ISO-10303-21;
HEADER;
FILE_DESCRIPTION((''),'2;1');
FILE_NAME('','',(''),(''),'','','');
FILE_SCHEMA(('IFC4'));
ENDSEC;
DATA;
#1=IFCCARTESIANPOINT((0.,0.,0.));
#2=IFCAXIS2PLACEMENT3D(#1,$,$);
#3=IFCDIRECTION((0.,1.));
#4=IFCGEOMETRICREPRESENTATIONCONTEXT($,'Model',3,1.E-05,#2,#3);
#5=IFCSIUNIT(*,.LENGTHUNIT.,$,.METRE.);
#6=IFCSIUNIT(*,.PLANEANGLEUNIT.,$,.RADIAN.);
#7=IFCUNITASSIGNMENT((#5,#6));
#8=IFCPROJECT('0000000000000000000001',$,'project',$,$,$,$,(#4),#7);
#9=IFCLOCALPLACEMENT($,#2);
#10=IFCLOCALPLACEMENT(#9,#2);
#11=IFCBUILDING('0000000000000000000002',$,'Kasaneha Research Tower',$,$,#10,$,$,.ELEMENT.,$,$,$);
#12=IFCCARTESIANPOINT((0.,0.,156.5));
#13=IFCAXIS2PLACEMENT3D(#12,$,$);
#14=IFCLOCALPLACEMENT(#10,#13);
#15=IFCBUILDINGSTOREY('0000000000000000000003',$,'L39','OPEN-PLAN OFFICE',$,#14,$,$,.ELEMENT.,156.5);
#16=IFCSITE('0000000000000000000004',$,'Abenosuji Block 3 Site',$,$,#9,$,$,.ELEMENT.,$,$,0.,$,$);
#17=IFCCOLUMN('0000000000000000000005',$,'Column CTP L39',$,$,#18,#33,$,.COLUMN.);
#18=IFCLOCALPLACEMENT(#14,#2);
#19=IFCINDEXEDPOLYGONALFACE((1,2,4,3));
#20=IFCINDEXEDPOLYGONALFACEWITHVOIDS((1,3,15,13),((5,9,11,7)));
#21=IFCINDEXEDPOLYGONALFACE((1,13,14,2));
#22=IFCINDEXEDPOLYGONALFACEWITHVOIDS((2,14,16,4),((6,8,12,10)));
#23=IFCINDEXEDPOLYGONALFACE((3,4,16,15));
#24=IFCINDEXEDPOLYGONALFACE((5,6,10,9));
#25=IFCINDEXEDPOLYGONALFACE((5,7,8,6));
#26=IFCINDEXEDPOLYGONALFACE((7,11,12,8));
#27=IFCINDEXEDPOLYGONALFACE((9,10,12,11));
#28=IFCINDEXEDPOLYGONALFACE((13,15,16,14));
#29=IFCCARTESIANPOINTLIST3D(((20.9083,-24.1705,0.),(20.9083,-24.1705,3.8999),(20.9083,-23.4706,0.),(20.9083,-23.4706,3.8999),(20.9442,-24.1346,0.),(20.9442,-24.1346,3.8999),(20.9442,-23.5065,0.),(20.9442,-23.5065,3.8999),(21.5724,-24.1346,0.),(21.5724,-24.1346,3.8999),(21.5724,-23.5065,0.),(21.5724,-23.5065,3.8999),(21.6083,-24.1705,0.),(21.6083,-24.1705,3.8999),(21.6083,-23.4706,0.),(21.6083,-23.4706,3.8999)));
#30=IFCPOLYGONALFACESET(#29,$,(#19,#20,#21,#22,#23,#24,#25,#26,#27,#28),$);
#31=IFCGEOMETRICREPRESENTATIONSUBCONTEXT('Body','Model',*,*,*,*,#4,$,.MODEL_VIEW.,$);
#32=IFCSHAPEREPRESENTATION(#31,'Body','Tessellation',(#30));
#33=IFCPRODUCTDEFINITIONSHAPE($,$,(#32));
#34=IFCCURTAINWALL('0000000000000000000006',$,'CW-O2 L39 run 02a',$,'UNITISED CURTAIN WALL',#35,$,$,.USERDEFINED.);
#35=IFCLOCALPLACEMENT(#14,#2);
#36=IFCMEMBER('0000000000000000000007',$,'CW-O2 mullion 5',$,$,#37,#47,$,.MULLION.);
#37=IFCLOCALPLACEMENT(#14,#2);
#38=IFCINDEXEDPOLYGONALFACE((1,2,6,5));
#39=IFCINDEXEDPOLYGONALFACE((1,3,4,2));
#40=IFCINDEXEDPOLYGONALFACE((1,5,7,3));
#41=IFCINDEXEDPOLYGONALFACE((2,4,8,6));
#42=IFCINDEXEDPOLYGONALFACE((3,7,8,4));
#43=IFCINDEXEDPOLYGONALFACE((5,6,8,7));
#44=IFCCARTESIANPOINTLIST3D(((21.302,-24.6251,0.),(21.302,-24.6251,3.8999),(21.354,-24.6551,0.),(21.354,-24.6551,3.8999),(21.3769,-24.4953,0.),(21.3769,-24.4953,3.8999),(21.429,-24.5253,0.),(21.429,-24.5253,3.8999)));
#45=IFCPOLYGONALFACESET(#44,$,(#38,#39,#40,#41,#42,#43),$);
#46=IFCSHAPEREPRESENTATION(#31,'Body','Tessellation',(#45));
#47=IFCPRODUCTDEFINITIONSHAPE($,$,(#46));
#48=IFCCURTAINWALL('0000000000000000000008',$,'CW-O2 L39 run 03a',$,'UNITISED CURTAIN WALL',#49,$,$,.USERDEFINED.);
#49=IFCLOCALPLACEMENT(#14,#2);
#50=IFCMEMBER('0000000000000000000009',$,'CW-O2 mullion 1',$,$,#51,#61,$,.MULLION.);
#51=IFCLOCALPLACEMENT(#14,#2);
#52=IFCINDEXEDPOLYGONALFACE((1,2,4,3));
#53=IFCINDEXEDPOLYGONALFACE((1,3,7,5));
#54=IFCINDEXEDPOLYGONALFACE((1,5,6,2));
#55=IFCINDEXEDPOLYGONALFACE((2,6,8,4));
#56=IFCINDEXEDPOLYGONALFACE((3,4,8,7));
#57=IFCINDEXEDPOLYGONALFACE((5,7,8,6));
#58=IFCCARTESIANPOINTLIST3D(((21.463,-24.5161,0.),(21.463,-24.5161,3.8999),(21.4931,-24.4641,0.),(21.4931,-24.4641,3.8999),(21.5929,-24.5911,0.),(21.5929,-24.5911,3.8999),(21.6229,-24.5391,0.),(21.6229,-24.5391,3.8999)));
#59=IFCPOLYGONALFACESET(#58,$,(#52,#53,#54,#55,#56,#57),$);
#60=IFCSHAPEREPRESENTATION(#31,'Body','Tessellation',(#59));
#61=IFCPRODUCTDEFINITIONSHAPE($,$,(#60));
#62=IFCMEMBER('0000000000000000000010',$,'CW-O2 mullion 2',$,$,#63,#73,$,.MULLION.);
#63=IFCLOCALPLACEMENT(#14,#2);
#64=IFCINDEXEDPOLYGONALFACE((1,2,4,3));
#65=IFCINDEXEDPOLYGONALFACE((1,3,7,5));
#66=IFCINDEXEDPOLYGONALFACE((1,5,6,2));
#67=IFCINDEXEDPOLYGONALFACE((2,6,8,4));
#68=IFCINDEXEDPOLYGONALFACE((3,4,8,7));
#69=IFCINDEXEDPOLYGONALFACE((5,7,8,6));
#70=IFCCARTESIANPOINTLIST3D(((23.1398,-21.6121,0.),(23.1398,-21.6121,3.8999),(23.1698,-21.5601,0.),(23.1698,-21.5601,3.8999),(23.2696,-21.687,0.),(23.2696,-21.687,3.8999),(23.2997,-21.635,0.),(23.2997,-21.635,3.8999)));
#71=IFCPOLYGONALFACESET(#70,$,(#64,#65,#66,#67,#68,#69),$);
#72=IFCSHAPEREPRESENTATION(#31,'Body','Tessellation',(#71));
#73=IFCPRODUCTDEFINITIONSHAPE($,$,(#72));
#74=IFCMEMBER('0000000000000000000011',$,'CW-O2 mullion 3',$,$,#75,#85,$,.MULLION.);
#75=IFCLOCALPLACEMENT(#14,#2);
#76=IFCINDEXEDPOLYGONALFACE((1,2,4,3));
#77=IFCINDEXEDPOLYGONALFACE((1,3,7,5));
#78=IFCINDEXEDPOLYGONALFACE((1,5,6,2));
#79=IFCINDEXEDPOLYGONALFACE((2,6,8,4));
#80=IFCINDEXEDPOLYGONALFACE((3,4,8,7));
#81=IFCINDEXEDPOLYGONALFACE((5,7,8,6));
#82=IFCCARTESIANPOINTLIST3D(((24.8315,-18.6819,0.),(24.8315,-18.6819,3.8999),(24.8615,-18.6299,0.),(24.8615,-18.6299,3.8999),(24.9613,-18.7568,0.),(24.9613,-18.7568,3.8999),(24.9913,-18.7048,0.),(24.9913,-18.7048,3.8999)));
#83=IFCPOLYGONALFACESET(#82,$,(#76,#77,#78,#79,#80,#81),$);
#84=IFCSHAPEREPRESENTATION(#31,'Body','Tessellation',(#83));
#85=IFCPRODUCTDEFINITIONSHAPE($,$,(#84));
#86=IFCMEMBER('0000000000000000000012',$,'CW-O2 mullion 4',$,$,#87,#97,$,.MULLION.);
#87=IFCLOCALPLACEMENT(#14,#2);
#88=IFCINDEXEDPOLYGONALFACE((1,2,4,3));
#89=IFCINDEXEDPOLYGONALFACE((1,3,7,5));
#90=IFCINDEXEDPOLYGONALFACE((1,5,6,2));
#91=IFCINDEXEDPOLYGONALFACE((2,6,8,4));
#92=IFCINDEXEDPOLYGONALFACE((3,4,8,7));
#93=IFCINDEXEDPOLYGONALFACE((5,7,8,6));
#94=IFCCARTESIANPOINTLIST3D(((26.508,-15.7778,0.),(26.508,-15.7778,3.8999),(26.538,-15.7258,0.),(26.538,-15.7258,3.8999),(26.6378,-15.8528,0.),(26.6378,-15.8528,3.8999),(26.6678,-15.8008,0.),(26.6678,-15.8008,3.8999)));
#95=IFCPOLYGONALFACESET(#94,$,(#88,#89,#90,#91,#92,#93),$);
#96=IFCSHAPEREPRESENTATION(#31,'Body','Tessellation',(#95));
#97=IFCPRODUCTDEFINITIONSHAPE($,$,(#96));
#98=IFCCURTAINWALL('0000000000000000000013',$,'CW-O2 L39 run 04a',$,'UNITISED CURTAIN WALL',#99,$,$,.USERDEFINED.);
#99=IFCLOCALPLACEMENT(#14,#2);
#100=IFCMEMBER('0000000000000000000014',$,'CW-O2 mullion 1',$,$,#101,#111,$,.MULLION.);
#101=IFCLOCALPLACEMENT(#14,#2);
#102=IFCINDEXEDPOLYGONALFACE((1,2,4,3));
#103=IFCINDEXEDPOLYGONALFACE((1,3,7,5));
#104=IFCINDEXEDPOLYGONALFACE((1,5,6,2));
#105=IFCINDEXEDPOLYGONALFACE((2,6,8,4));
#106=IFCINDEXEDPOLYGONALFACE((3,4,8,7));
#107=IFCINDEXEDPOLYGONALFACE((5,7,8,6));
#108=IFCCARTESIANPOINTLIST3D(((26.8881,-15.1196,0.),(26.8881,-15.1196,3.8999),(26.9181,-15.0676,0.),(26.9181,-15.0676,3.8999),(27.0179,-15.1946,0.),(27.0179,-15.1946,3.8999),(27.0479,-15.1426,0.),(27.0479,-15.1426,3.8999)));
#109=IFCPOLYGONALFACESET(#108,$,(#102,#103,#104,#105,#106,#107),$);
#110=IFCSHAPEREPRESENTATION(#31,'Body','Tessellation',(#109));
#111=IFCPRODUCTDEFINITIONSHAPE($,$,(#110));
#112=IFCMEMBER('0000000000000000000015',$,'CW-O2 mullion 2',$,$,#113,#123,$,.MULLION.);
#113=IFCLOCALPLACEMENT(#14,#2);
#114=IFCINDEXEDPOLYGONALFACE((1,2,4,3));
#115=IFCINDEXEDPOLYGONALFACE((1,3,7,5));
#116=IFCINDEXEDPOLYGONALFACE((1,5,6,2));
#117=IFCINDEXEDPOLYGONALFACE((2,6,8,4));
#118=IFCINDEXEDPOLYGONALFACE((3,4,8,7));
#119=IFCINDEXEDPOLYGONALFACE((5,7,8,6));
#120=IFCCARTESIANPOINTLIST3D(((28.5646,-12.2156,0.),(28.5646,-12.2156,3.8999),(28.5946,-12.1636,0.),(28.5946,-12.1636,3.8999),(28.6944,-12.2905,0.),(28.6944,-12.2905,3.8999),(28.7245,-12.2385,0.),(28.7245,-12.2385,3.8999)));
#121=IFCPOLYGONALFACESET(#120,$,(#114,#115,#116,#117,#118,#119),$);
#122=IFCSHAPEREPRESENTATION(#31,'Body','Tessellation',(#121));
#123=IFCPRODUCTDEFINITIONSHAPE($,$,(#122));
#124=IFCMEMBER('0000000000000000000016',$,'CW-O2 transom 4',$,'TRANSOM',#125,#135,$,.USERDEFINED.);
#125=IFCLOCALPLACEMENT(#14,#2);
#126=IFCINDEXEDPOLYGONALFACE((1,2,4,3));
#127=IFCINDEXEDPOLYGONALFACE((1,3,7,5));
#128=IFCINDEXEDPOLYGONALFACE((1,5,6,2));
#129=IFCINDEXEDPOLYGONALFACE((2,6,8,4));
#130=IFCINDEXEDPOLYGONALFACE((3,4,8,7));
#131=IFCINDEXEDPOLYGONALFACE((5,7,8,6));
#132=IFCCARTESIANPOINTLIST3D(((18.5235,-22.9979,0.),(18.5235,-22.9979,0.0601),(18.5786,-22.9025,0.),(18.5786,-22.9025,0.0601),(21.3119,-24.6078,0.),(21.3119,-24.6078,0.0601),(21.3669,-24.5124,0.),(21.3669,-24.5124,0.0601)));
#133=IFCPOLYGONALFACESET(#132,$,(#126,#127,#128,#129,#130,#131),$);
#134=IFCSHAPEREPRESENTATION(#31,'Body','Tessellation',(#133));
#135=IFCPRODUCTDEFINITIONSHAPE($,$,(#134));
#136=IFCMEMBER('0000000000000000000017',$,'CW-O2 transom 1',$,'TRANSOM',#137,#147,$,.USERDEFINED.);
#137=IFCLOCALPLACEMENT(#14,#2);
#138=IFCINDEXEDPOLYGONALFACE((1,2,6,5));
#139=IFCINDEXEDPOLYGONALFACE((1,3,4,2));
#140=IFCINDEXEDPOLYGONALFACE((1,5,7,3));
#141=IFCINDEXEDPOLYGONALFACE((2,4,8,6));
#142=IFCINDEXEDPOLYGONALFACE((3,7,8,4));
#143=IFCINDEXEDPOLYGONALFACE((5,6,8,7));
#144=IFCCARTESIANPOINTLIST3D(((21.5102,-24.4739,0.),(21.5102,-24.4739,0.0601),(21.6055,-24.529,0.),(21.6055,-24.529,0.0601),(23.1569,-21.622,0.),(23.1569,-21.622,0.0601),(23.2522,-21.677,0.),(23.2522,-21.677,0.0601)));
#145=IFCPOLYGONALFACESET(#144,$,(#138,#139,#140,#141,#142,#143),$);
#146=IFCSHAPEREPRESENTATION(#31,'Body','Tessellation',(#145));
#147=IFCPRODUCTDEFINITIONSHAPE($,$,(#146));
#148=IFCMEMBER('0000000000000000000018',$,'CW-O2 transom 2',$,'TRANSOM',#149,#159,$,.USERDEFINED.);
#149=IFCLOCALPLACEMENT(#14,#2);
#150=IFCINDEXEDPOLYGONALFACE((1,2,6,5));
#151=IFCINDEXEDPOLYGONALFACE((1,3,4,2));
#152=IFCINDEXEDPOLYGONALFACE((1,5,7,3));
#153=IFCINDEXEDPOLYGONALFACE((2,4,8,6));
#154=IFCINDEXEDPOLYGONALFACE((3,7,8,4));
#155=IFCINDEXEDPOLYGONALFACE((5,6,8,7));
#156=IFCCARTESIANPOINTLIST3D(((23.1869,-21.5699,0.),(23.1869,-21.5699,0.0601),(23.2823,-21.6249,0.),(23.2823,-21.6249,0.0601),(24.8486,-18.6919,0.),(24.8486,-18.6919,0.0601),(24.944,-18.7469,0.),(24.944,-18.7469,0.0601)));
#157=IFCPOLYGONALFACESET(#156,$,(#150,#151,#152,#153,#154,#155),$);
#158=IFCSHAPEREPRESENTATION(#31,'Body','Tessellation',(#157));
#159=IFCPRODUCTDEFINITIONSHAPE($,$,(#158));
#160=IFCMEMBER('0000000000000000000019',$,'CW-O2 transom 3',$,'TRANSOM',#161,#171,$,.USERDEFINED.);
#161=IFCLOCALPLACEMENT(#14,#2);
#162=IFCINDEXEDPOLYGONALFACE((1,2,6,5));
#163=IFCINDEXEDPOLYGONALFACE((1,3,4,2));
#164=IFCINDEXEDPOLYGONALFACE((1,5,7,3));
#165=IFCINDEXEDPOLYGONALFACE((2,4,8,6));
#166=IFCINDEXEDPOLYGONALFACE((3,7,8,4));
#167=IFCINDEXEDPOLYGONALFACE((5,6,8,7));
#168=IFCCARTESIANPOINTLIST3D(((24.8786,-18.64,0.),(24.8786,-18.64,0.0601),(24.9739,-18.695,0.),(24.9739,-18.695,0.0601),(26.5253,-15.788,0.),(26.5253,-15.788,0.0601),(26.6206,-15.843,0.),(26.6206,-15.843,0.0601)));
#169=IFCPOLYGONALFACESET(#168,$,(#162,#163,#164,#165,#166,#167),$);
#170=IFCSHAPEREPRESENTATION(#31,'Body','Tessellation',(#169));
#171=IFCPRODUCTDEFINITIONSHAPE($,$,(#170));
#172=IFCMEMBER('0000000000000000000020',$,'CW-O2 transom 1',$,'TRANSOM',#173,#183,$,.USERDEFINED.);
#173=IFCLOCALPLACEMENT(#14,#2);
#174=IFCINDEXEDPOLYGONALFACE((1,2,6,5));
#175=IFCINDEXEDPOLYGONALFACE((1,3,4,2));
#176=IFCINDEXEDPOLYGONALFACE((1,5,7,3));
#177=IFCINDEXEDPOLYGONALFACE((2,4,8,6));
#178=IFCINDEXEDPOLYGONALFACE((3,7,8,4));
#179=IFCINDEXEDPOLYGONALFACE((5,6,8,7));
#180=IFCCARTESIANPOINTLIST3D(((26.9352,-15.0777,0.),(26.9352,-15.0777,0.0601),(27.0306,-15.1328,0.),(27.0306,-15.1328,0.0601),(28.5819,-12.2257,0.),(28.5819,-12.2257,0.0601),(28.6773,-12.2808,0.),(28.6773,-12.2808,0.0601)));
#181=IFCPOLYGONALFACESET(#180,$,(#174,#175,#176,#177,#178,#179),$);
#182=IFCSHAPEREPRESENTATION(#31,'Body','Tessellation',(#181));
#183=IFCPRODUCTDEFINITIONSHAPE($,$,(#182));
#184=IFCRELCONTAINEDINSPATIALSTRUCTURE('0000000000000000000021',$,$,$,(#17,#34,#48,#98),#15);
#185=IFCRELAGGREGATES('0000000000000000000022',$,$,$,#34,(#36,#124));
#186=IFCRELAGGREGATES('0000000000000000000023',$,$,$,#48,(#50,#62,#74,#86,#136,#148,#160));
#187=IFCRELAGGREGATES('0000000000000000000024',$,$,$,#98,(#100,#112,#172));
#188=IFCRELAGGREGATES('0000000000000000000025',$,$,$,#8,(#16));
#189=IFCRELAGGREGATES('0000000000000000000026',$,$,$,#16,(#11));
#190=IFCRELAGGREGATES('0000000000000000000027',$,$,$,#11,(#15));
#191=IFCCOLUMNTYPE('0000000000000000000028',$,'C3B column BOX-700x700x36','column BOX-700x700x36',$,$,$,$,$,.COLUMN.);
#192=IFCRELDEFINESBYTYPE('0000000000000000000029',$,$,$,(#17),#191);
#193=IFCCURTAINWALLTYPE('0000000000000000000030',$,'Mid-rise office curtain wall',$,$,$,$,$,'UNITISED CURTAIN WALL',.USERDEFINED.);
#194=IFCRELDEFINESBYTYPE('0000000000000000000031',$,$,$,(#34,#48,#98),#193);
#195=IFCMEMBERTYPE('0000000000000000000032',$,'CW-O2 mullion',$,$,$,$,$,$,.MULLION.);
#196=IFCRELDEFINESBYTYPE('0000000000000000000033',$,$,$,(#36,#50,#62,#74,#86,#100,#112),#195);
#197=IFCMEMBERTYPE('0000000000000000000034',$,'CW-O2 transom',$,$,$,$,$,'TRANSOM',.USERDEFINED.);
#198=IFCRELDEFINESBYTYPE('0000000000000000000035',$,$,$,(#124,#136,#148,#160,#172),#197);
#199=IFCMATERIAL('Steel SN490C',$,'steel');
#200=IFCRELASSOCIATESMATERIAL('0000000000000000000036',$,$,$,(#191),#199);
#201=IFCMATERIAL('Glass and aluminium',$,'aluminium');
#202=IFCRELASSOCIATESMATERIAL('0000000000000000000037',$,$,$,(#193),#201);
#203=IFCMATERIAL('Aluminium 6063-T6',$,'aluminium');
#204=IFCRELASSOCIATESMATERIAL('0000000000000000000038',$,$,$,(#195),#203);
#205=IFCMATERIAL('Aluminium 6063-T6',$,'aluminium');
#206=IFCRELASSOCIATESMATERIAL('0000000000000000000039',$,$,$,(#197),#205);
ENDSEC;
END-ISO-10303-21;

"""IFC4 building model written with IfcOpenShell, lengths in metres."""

from ifc_helpers import new_model, si_unit, direction, frame, origin, origin_2d, place, context, subcontext, project, spatial, rectangle, hollow_rectangle, extrude, material, material_profile, profile_set, type_object, element, aggregate, save


model = new_model("IFC4")

# Units and contexts
model_context = context("Model", 3, precision=1e-05, world=origin(), true_north=direction((0.0, 1.0)))
body_context = subcontext(model_context, "Body", "Model", "MODEL_VIEW")
ifc_project = project(units=[si_unit("LENGTHUNIT", "METRE"), si_unit("PLANEANGLEUNIT", "RADIAN")], contexts=[model_context])

# Site, building, storey
site_placement = place(None, origin())
site = spatial("IfcSite", under=ifc_project, at=site_placement, Name="Abenosuji Block 3 Site", CompositionType="ELEMENT", RefElevation=0.0)
building_placement = place(site_placement, origin())
building = spatial("IfcBuilding", under=site, at=building_placement, Name="Kasaneha Research Tower", CompositionType="ELEMENT")
storey_placement = place(building_placement, frame((0.0, 0.0, 156.5)))
storey = spatial("IfcBuildingStorey", under=building, at=storey_placement, Name="L39", Description="OPEN-PLAN OFFICE", CompositionType="ELEMENT", Elevation=156.5)

# Column
ifc_material_1 = material(Name="Steel SN490C", Category="steel")
ifc_material_profile_1 = material_profile(ifc_material_1, hollow_rectangle(XDim=0.7, YDim=0.7, WallThickness=0.0359, at=origin_2d()), Name="BOX-700x700x36")
ifc_profile_set_1 = profile_set([ifc_material_profile_1], Name="Steel SN490C")
column_type = type_object("IfcColumnType", Name="C3B column BOX-700x700x36", Description="column BOX-700x700x36", PredefinedType="COLUMN", material=ifc_profile_set_1)
column_placement = place(storey_placement, frame((21.2583, -23.8206, 0.0), z_axis=(0.0, 0.0, 1.0), x_axis=(1.0, 0.0, 0.0)))
element("IfcColumn", 1, at=column_placement, inside=storey, type_object=column_type, Name="Column CTP L39", PredefinedType="COLUMN", context=body_context, shape_type="SweptSolid", body=[
    extrude(hollow_rectangle(XDim=0.7, YDim=0.7, WallThickness=0.0359, at=origin_2d()), origin(), (0.0, 0.0, 1.0), 3.8999),
])

# Curtain wall, member
ifc_material_2 = material(Name="Glass and aluminium", Category="aluminium")
curtain_wall_type = type_object("IfcCurtainWallType", Name="Mid-rise office curtain wall", ElementType="UNITISED CURTAIN WALL", PredefinedType="USERDEFINED", material=ifc_material_2)
curtain_wall_1_placement = place(storey_placement, origin())
curtain_wall_1 = element("IfcCurtainWall", 2, at=curtain_wall_1_placement, inside=storey, type_object=curtain_wall_type, Name="CW-O2 L39 run 02a", ObjectType="UNITISED CURTAIN WALL", PredefinedType="USERDEFINED")
ifc_material_3 = material(Name="Aluminium 6063-T6", Category="aluminium")
ifc_material_profile_2 = material_profile(ifc_material_3, rectangle(XDim=0.0601, YDim=0.1499, at=origin_2d()), Name="CW-O2 mullion 60x150")
ifc_profile_set_2 = profile_set([ifc_material_profile_2], Name="Aluminium 6063-T6")
member_type_1 = type_object("IfcMemberType", Name="CW-O2 mullion", PredefinedType="MULLION", material=ifc_profile_set_2)
member_1_placement = place(storey_placement, frame((21.3655, -24.5752, 0.0), z_axis=(0.0, 0.0, 1.0), x_axis=(0.866025, -0.5, 0.0)))
member_1 = element("IfcMember", 3, at=member_1_placement, type_object=member_type_1, Name="CW-O2 mullion 5", PredefinedType="MULLION", context=body_context, shape_type="SweptSolid", body=[
    extrude(rectangle(XDim=0.0601, YDim=0.1499, at=origin_2d()), origin(), (0.0, 0.0, 1.0), 3.8999),
])

# Curtain walls, members
curtain_wall_2_placement = place(storey_placement, origin())
curtain_wall_2 = element("IfcCurtainWall", 4, at=curtain_wall_2_placement, inside=storey, type_object=curtain_wall_type, Name="CW-O2 L39 run 03a", ObjectType="UNITISED CURTAIN WALL", PredefinedType="USERDEFINED")
member_2_placement = place(storey_placement, frame((21.543, -24.5276, 0.0), z_axis=(0.0, 0.0, 1.0), x_axis=(0.5, 0.866025, 0.0)))
member_2 = element("IfcMember", 5, at=member_2_placement, type_object=member_type_1, Name="CW-O2 mullion 1", PredefinedType="MULLION", context=body_context, shape_type="SweptSolid", body=[
    extrude(rectangle(XDim=0.0601, YDim=0.1499, at=origin_2d()), origin(), (0.0, 0.0, 1.0), 3.8999),
])
member_3_placement = place(storey_placement, frame((23.2197, -21.6235, 0.0), z_axis=(0.0, 0.0, 1.0), x_axis=(0.5, 0.866025, 0.0)))
member_3 = element("IfcMember", 6, at=member_3_placement, type_object=member_type_1, Name="CW-O2 mullion 2", PredefinedType="MULLION", context=body_context, shape_type="SweptSolid", body=[
    extrude(rectangle(XDim=0.0601, YDim=0.1499, at=origin_2d()), origin(), (0.0, 0.0, 1.0), 3.8999),
])
member_4_placement = place(storey_placement, frame((24.9114, -18.6934, 0.0), z_axis=(0.0, 0.0, 1.0), x_axis=(0.5, 0.866025, 0.0)))
member_4 = element("IfcMember", 7, at=member_4_placement, type_object=member_type_1, Name="CW-O2 mullion 3", PredefinedType="MULLION", context=body_context, shape_type="SweptSolid", body=[
    extrude(rectangle(XDim=0.0601, YDim=0.1499, at=origin_2d()), origin(), (0.0, 0.0, 1.0), 3.8999),
])
member_5_placement = place(storey_placement, frame((26.5879, -15.7893, 0.0), z_axis=(0.0, 0.0, 1.0), x_axis=(0.5, 0.866025, 0.0)))
member_5 = element("IfcMember", 8, at=member_5_placement, type_object=member_type_1, Name="CW-O2 mullion 4", PredefinedType="MULLION", context=body_context, shape_type="SweptSolid", body=[
    extrude(rectangle(XDim=0.0601, YDim=0.1499, at=origin_2d()), origin(), (0.0, 0.0, 1.0), 3.8999),
])
curtain_wall_3_placement = place(storey_placement, origin())
curtain_wall_3 = element("IfcCurtainWall", 9, at=curtain_wall_3_placement, inside=storey, type_object=curtain_wall_type, Name="CW-O2 L39 run 04a", ObjectType="UNITISED CURTAIN WALL", PredefinedType="USERDEFINED")
member_6_placement = place(storey_placement, frame((26.968, -15.1311, 0.0), z_axis=(0.0, 0.0, 1.0), x_axis=(0.5, 0.866025, 0.0)))
member_6 = element("IfcMember", 10, at=member_6_placement, type_object=member_type_1, Name="CW-O2 mullion 1", PredefinedType="MULLION", context=body_context, shape_type="SweptSolid", body=[
    extrude(rectangle(XDim=0.0601, YDim=0.1499, at=origin_2d()), origin(), (0.0, 0.0, 1.0), 3.8999),
])
member_7_placement = place(storey_placement, frame((28.6445, -12.2271, 0.0), z_axis=(0.0, 0.0, 1.0), x_axis=(0.5, 0.866025, 0.0)))
member_7 = element("IfcMember", 11, at=member_7_placement, type_object=member_type_1, Name="CW-O2 mullion 2", PredefinedType="MULLION", context=body_context, shape_type="SweptSolid", body=[
    extrude(rectangle(XDim=0.0601, YDim=0.1499, at=origin_2d()), origin(), (0.0, 0.0, 1.0), 3.8999),
])

# Members
ifc_material_4 = material(Name="Aluminium 6063-T6", Category="aluminium")
ifc_material_profile_3 = material_profile(ifc_material_4, rectangle(XDim=0.1101, YDim=0.0601, at=origin_2d()), Name="CW-O2 transom 110x60")
ifc_profile_set_3 = profile_set([ifc_material_profile_3], Name="Aluminium 6063-T6")
member_type_2 = type_object("IfcMemberType", Name="CW-O2 transom", ElementType="TRANSOM", PredefinedType="USERDEFINED", material=ifc_profile_set_3)
member_8_placement = place(storey_placement, frame((18.551, -22.9502, 0.03), z_axis=(0.866023, -0.500005, 0.0), x_axis=(0.500005, 0.866023, 0.0)))
member_8 = element("IfcMember", 12, at=member_8_placement, type_object=member_type_2, Name="CW-O2 transom 4", ObjectType="TRANSOM", PredefinedType="USERDEFINED", context=body_context, shape_type="SweptSolid", body=[
    extrude(rectangle(XDim=0.1101, YDim=0.0601, at=origin_2d()), origin(), (0.0, 0.0, 1.0), 3.2197),
])
member_9_placement = place(storey_placement, frame((21.5579, -24.5015, 0.03), z_axis=(0.500022, 0.866013, 0.0), x_axis=(-0.866013, 0.500022, 0.0)))
member_9 = element("IfcMember", 13, at=member_9_placement, type_object=member_type_2, Name="CW-O2 transom 1", ObjectType="TRANSOM", PredefinedType="USERDEFINED", context=body_context, shape_type="SweptSolid", body=[
    extrude(rectangle(XDim=0.1101, YDim=0.0601, at=origin_2d()), origin(), (0.0, 0.0, 1.0), 3.2932),
])
member_10_placement = place(storey_placement, frame((23.2346, -21.5974, 0.03), z_axis=(0.500011, 0.866019, 0.0), x_axis=(-0.866019, 0.500011, 0.0)))
member_10 = element("IfcMember", 14, at=member_10_placement, type_object=member_type_2, Name="CW-O2 transom 2", ObjectType="TRANSOM", PredefinedType="USERDEFINED", context=body_context, shape_type="SweptSolid", body=[
    extrude(rectangle(XDim=0.1101, YDim=0.0601, at=origin_2d()), origin(), (0.0, 0.0, 1.0), 3.3232),
])
member_11_placement = place(storey_placement, frame((24.9263, -18.6675, 0.03), z_axis=(0.500022, 0.866013, 0.0), x_axis=(-0.866013, 0.500022, 0.0)))
member_11 = element("IfcMember", 15, at=member_11_placement, type_object=member_type_2, Name="CW-O2 transom 3", ObjectType="TRANSOM", PredefinedType="USERDEFINED", context=body_context, shape_type="SweptSolid", body=[
    extrude(rectangle(XDim=0.1101, YDim=0.0601, at=origin_2d()), origin(), (0.0, 0.0, 1.0), 3.2932),
])
member_12_placement = place(storey_placement, frame((26.9829, -15.1052, 0.03), z_axis=(0.500022, 0.866013, 0.0), x_axis=(-0.866013, 0.500022, 0.0)))
member_12 = element("IfcMember", 16, at=member_12_placement, type_object=member_type_2, Name="CW-O2 transom 1", ObjectType="TRANSOM", PredefinedType="USERDEFINED", context=body_context, shape_type="SweptSolid", body=[
    extrude(rectangle(XDim=0.1101, YDim=0.0601, at=origin_2d()), origin(), (0.0, 0.0, 1.0), 3.2932),
])

aggregate(curtain_wall_1, [member_1, member_8])
aggregate(curtain_wall_2, [member_2, member_3, member_4, member_5, member_9, member_10, member_11])
aggregate(curtain_wall_3, [member_6, member_7, member_12])

save(model, "model.ifc")
